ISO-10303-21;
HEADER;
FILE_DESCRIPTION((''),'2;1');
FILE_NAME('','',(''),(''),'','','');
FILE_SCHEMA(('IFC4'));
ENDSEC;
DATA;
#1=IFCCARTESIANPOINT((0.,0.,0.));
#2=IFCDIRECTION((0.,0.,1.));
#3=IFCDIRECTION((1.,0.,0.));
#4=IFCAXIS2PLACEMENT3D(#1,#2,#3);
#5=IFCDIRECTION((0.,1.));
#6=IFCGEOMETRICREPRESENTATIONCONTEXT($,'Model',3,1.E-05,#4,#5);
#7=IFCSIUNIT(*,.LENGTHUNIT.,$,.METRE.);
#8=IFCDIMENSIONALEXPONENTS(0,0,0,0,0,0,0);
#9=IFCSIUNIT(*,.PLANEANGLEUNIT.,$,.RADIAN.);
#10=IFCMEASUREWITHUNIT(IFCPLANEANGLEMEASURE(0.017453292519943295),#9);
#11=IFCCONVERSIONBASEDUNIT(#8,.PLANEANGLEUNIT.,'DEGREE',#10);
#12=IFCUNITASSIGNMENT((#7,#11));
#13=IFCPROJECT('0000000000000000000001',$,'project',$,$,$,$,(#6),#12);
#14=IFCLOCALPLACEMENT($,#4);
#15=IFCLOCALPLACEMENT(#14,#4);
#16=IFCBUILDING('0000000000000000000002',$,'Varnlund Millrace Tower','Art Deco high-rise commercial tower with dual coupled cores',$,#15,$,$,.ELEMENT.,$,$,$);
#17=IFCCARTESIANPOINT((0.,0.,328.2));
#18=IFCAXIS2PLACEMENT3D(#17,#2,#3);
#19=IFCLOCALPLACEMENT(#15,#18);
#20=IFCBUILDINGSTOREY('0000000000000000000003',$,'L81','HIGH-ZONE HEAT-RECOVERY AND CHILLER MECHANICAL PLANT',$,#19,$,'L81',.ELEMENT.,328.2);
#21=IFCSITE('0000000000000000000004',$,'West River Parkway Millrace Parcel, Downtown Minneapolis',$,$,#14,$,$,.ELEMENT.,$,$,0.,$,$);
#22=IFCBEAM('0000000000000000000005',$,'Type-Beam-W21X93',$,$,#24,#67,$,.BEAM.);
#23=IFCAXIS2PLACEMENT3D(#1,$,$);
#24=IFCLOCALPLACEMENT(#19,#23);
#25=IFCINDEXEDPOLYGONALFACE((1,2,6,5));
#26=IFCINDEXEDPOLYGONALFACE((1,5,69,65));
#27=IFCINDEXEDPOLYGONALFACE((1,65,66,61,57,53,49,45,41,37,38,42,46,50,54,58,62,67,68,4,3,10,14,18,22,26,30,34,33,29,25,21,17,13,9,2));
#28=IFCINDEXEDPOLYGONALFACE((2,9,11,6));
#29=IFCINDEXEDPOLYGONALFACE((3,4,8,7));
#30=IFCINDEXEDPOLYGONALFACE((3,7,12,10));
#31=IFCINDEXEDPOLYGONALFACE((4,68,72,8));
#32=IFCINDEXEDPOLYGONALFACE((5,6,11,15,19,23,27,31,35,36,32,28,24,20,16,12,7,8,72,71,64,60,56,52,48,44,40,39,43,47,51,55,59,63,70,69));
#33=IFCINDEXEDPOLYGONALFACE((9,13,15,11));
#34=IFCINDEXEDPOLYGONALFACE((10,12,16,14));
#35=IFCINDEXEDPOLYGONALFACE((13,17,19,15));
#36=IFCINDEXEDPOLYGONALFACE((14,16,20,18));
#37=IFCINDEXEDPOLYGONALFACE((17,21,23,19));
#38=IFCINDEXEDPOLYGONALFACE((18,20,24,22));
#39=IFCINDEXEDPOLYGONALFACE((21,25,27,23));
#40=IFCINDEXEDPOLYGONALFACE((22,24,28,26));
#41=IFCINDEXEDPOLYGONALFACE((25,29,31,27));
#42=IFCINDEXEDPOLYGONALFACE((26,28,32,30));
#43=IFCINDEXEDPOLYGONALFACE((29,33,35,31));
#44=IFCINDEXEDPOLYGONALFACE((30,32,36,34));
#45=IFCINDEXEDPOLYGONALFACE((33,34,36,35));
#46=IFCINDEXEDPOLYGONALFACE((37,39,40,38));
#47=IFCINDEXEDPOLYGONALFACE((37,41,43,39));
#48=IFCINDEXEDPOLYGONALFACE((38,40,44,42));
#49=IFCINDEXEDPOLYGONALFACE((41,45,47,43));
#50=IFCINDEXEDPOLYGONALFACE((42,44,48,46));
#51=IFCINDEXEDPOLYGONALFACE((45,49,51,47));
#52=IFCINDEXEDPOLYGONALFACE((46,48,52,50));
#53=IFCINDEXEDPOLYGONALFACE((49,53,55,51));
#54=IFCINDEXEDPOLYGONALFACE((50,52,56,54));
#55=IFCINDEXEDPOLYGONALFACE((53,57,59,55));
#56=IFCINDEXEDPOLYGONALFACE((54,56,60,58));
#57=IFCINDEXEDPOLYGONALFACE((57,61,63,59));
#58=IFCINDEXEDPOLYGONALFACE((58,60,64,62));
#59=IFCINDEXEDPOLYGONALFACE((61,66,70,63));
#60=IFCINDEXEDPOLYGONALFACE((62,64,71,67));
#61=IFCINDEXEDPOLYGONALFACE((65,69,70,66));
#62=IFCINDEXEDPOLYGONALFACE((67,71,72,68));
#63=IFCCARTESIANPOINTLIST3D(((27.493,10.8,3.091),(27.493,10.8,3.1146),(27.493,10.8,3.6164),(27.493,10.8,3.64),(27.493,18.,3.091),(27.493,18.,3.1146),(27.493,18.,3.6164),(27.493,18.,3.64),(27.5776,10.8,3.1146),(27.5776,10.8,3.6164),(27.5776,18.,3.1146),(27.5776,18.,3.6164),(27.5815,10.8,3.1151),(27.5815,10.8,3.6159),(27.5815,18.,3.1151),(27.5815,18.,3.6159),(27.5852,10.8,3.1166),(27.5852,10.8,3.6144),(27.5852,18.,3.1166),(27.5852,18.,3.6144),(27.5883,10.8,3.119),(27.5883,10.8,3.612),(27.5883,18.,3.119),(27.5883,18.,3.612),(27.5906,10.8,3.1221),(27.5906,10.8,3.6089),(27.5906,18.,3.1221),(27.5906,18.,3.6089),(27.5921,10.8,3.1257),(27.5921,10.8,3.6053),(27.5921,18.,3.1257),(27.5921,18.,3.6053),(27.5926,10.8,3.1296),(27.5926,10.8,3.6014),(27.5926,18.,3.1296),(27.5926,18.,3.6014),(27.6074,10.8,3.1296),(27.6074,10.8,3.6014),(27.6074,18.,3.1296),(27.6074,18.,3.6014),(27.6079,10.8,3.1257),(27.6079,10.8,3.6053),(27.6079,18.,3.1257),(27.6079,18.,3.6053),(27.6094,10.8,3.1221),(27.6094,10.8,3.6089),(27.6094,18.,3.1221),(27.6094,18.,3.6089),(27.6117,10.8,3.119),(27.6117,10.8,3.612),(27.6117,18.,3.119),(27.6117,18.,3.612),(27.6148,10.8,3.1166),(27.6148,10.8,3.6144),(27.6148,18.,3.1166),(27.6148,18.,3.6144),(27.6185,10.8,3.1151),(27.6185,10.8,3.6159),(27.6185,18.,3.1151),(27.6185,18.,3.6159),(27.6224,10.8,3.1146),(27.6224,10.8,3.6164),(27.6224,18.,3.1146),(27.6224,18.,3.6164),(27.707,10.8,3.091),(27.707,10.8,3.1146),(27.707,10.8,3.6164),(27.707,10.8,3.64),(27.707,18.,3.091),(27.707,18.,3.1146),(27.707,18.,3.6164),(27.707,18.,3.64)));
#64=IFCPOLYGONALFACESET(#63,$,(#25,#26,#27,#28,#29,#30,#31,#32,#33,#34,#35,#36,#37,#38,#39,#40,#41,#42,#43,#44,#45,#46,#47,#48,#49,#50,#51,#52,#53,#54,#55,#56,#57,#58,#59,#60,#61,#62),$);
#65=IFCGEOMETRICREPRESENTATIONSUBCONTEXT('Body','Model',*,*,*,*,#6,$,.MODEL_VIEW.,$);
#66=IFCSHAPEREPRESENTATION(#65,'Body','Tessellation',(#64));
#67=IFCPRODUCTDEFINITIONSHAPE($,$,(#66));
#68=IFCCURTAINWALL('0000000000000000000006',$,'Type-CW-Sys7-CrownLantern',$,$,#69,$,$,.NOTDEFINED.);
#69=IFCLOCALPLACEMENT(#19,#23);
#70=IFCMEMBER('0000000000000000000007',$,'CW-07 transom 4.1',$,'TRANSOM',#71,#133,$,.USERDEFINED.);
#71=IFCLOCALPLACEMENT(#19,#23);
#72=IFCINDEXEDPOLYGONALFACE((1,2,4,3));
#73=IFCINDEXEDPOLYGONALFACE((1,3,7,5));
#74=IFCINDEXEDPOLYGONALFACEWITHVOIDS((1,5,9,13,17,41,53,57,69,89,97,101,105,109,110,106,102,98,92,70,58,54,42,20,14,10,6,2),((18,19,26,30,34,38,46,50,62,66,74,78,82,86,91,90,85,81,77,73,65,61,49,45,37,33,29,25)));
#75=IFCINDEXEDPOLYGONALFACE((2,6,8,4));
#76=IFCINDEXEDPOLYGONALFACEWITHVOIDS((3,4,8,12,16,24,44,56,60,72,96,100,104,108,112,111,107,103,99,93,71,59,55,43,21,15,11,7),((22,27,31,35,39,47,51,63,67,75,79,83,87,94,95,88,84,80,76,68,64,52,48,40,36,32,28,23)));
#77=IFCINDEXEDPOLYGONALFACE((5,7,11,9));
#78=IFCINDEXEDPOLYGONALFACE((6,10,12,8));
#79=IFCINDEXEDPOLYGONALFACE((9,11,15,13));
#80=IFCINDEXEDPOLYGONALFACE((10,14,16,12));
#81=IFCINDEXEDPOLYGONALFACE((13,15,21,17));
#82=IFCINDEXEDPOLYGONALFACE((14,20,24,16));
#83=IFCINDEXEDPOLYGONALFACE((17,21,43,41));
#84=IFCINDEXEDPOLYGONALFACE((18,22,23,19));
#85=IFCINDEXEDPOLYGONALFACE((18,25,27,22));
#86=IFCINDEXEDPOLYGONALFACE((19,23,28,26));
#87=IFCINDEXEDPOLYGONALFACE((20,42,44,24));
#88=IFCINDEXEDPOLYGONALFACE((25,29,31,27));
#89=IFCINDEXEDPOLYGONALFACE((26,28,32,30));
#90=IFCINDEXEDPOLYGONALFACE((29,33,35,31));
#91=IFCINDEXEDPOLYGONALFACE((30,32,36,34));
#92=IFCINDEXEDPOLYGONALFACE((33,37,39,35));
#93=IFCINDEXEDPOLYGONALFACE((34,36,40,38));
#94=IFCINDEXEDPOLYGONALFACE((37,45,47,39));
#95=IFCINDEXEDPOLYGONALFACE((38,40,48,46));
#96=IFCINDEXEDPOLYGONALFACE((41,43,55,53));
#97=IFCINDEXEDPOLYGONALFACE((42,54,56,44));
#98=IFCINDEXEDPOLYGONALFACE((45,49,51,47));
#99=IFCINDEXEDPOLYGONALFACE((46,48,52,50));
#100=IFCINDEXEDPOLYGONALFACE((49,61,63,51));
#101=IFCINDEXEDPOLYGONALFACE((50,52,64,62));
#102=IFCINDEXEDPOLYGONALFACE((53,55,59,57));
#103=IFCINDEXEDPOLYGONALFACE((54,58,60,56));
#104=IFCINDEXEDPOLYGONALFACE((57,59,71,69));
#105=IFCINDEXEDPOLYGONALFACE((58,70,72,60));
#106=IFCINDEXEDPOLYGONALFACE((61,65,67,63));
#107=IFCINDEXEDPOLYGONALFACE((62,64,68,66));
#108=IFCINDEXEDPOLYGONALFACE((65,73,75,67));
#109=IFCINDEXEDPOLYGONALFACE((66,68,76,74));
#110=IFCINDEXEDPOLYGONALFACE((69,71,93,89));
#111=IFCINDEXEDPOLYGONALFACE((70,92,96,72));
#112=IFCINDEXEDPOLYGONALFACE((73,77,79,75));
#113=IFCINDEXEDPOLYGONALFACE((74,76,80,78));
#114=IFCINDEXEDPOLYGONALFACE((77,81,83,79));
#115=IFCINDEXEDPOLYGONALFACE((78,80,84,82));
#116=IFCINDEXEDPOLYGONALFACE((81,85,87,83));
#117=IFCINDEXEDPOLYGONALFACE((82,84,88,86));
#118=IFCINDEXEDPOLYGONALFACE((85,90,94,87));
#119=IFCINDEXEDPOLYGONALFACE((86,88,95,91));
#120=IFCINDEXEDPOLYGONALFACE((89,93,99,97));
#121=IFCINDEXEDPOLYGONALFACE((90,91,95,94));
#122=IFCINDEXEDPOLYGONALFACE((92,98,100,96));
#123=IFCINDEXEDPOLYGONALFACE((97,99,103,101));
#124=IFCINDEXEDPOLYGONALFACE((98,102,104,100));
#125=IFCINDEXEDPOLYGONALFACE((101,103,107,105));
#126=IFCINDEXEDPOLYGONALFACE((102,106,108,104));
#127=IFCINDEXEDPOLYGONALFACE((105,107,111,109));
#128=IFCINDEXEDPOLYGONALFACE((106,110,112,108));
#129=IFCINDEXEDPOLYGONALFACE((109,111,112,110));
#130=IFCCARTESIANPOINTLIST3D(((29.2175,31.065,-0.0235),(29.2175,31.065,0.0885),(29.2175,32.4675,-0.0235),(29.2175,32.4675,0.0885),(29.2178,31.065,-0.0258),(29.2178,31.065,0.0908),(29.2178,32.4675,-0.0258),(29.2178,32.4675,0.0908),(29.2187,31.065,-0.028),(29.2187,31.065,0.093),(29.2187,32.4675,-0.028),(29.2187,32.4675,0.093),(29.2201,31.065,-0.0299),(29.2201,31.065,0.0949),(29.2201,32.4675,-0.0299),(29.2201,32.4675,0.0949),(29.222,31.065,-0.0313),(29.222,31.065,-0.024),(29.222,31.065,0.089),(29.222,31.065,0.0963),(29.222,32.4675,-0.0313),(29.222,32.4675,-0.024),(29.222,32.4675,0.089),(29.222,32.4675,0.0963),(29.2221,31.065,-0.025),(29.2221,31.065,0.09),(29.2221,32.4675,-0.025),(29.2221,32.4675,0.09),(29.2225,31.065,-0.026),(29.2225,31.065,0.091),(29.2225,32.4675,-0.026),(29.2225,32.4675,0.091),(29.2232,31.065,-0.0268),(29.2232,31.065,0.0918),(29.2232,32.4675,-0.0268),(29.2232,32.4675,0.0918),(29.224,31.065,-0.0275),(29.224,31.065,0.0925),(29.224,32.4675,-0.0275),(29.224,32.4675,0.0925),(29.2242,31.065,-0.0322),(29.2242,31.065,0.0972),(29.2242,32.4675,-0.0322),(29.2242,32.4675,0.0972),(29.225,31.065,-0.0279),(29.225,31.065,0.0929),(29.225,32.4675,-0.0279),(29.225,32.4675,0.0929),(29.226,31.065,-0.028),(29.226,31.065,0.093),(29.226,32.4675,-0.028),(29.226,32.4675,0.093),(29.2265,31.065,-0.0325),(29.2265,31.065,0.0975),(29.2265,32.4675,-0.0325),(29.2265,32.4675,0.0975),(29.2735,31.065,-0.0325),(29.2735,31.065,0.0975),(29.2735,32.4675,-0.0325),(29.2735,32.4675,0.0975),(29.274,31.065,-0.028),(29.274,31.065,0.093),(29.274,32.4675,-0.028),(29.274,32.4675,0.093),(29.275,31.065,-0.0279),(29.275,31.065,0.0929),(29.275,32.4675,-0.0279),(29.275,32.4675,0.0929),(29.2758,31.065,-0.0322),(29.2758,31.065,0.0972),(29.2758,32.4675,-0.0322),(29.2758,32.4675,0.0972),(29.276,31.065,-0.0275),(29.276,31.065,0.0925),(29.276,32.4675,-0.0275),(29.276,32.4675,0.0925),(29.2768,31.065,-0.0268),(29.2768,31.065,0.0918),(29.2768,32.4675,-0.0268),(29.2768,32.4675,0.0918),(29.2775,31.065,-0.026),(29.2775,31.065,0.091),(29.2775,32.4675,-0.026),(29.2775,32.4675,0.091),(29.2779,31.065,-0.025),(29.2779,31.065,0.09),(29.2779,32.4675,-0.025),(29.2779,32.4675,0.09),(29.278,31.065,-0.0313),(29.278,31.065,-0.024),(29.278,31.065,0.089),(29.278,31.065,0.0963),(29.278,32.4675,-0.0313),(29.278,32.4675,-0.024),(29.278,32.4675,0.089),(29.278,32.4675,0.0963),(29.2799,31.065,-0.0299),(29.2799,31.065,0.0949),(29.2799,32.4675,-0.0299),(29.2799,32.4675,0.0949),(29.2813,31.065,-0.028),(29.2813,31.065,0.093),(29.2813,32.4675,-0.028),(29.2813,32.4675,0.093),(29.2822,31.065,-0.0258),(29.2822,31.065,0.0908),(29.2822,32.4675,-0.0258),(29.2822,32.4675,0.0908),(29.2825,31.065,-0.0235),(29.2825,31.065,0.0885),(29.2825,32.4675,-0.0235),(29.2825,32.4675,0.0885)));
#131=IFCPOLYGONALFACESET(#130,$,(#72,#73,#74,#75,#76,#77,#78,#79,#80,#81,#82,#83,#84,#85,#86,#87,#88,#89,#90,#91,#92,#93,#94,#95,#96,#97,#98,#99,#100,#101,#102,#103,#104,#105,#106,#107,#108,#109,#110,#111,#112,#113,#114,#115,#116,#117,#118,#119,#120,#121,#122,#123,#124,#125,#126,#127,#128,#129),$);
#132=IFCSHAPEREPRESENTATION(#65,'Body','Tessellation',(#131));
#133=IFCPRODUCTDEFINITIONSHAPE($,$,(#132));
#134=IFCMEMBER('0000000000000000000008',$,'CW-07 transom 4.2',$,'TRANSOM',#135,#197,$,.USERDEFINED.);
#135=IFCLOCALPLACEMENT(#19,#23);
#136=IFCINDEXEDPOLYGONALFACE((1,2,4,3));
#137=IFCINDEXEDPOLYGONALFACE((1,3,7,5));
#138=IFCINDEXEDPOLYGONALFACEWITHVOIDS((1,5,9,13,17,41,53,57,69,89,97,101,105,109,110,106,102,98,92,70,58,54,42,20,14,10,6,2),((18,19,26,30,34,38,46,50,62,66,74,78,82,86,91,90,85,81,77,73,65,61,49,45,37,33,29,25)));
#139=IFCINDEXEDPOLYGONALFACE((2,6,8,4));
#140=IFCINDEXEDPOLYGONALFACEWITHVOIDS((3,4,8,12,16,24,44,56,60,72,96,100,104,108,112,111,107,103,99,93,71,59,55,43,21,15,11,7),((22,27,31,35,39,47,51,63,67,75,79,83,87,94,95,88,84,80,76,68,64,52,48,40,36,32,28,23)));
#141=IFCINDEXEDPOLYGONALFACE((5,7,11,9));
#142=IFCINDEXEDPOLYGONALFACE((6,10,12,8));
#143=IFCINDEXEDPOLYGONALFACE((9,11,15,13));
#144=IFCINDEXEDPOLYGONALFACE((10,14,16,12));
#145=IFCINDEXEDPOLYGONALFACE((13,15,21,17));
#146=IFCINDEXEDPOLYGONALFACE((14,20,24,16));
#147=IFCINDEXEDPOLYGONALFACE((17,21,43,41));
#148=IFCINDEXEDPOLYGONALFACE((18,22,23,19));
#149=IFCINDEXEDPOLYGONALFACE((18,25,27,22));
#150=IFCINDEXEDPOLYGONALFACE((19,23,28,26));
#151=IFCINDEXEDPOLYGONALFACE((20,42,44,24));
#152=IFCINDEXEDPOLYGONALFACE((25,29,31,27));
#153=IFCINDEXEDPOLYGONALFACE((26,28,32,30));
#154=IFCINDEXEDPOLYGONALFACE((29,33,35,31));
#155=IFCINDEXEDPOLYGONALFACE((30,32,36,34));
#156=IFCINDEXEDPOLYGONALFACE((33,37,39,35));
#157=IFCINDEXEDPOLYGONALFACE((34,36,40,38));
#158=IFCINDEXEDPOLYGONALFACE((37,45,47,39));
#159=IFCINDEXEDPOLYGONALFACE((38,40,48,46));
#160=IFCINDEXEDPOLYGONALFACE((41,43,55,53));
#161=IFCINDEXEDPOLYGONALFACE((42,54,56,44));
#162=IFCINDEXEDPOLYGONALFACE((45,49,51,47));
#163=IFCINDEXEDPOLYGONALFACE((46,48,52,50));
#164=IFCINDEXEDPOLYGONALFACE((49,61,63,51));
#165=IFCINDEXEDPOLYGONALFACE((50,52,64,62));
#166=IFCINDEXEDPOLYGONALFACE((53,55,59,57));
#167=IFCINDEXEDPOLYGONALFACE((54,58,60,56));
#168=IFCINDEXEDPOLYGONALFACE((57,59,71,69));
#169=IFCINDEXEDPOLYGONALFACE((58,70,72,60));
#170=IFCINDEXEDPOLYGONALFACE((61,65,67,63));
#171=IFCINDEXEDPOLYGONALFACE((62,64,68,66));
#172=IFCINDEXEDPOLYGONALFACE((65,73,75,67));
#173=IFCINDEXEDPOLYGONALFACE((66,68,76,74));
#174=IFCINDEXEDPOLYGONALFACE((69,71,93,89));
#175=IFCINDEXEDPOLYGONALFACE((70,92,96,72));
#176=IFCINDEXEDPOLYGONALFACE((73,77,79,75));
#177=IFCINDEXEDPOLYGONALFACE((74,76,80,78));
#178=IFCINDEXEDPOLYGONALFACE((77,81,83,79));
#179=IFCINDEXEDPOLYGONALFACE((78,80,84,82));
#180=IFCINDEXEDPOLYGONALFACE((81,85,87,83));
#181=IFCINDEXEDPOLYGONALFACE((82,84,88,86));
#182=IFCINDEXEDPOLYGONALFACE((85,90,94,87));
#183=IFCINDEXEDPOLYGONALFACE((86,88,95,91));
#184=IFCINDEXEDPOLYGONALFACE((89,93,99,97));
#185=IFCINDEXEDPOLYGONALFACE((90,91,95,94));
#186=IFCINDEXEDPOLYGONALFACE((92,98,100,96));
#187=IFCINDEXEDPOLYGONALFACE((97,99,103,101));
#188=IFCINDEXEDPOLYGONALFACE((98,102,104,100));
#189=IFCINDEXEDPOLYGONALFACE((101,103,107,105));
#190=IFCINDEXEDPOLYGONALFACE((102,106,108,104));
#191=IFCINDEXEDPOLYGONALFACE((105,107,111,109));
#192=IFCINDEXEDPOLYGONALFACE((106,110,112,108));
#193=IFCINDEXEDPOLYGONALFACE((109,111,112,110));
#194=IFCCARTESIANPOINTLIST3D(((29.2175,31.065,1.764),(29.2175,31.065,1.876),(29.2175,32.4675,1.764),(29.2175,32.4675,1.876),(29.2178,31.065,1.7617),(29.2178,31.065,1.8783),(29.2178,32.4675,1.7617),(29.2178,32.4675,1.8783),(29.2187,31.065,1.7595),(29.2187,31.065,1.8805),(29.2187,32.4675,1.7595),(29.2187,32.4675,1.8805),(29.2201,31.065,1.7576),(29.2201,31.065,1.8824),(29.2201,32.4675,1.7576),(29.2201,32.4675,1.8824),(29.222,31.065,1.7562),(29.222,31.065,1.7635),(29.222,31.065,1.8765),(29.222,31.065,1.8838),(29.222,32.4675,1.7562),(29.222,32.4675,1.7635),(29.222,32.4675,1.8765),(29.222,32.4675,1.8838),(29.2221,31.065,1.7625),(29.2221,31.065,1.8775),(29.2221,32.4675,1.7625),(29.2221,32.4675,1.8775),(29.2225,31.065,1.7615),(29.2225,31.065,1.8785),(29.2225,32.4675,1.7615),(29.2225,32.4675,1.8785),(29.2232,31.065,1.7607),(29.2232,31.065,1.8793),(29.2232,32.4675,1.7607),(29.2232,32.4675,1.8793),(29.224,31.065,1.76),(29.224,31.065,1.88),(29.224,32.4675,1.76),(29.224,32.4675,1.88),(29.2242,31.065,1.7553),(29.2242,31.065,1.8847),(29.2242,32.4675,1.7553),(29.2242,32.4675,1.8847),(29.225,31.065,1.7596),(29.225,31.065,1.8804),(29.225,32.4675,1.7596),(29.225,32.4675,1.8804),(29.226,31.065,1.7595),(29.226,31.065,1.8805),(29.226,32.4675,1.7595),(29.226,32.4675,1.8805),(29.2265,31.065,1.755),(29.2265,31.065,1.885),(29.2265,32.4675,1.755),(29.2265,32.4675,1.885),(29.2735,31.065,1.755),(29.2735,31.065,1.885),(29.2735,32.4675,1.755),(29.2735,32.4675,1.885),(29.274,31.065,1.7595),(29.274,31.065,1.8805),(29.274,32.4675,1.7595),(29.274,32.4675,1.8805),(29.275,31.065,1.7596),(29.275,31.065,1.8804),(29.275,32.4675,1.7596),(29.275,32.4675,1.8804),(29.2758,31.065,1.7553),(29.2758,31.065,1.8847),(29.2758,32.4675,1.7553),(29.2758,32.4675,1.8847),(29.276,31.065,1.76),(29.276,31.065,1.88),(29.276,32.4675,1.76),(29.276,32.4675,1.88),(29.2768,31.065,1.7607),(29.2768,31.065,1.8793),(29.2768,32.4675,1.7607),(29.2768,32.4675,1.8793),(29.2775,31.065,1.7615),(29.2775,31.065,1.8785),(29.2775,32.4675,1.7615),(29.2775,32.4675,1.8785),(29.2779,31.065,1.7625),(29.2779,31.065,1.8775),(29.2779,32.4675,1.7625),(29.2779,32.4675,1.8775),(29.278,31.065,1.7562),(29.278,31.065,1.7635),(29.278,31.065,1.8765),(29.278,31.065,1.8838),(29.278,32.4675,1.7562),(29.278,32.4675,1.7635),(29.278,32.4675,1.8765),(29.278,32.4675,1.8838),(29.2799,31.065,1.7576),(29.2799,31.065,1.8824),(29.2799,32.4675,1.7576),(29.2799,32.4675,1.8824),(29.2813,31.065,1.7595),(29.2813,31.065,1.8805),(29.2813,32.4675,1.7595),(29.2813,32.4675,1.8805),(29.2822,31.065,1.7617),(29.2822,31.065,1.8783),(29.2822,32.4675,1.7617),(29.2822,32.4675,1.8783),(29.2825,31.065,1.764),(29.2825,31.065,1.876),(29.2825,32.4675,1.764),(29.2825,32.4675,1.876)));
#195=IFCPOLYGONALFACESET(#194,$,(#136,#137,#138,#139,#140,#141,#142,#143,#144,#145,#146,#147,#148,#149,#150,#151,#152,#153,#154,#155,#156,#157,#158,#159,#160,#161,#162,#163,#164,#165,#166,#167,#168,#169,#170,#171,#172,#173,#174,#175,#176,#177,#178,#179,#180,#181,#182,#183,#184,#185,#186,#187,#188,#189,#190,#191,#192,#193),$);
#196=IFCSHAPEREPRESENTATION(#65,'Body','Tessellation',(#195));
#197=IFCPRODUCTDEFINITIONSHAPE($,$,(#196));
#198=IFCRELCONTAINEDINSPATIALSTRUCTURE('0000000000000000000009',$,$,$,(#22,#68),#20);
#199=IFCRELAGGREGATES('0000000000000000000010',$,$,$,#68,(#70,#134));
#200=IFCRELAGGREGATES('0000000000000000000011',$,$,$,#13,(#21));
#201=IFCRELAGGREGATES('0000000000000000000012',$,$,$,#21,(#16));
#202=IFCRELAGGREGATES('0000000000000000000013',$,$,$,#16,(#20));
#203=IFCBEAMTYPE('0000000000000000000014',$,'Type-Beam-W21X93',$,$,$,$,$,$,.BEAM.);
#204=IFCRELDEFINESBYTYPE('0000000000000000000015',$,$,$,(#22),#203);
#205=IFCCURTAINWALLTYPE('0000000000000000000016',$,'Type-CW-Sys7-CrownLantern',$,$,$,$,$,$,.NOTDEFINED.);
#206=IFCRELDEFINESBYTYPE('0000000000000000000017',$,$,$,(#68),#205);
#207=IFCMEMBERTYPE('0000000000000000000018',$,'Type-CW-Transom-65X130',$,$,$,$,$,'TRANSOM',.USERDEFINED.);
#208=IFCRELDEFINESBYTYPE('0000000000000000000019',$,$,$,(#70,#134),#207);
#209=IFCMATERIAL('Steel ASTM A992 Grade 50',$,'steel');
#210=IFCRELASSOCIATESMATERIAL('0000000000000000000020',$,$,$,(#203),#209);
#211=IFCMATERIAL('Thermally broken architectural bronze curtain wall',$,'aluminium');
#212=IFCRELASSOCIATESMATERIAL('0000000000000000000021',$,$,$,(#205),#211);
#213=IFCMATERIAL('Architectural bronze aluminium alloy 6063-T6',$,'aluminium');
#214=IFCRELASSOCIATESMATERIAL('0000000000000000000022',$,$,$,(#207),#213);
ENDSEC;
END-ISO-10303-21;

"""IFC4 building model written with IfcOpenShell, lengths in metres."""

from ifc_helpers import new_model, entity, si_unit, converted_unit, direction, frame, origin_with_axes, origin_2d_with_axis, place, context, subcontext, project, spatial, hollow_rectangle, i_section, extrude, material, material_profile, profile_set, type_object, element, aggregate, save


model = new_model("IFC4")

# Units and contexts
model_context = context("Model", 3, precision=1e-05, world=origin_with_axes(), true_north=direction((0.0, 1.0)))
body_context = subcontext(model_context, "Body", "Model", "MODEL_VIEW")
ifc_project = project(units=[si_unit("LENGTHUNIT", "METRE"), converted_unit("PLANEANGLEUNIT", "DEGREE", entity("IfcPlaneAngleMeasure", 0.017453292519943295), si_unit("PLANEANGLEUNIT", "RADIAN"), dimensions=[0, 0, 0, 0, 0, 0, 0])], contexts=[model_context])

# Site, building, storey
site_placement = place(None, origin_with_axes())
site = spatial("IfcSite", under=ifc_project, at=site_placement, Name="West River Parkway Millrace Parcel, Downtown Minneapolis", CompositionType="ELEMENT", RefElevation=0.0)
building_placement = place(site_placement, origin_with_axes())
building = spatial("IfcBuilding", under=site, at=building_placement, Name="Varnlund Millrace Tower", Description="Art Deco high-rise commercial tower with dual coupled cores", CompositionType="ELEMENT")
storey_placement = place(building_placement, frame((0.0, 0.0, 328.2), z_axis=(0.0, 0.0, 1.0), x_axis=(1.0, 0.0, 0.0)))
storey = spatial("IfcBuildingStorey", under=building, at=storey_placement, Name="L81", Description="HIGH-ZONE HEAT-RECOVERY AND CHILLER MECHANICAL PLANT", LongName="L81", CompositionType="ELEMENT", Elevation=328.2)

# Beam
ifc_material_1 = material(Name="Steel ASTM A992 Grade 50", Category="steel")
ifc_material_profile_1 = material_profile(ifc_material_1, i_section(OverallWidth=0.214, OverallDepth=0.549, WebThickness=0.0147, FlangeThickness=0.0236, FilletRadius=0.015, at=origin_2d_with_axis()), Name="Steel ASTM A992 Grade 50")
ifc_profile_set_1 = profile_set([ifc_material_profile_1], Name="Steel ASTM A992 Grade 50")
beam_type_1 = type_object("IfcBeamType", Name="Type-Beam-W21X93", PredefinedType="BEAM", material=ifc_profile_set_1)
beam_1_placement = place(storey_placement, frame((27.6, 10.8, 3.3655), z_axis=(0.0, 1.0, 0.0), x_axis=(-1.0, 0.0, 0.0)))
element("IfcBeam", 1, at=beam_1_placement, inside=storey, type_object=beam_type_1, Name="Type-Beam-W21X93", PredefinedType="BEAM", context=body_context, shape_type="SweptSolid", body=[
    extrude(i_section(OverallWidth=0.214, OverallDepth=0.549, WebThickness=0.0147, FlangeThickness=0.0236, FilletRadius=0.015, at=origin_2d_with_axis()), origin_with_axes(), (0.0, 0.0, 1.0), 7.2),
])

# Curtain wall, members
ifc_material_2 = material(Name="Thermally broken architectural bronze curtain wall", Category="aluminium")
curtain_wall_type = type_object("IfcCurtainWallType", Name="Type-CW-Sys7-CrownLantern", PredefinedType="NOTDEFINED", material=ifc_material_2)
curtain_wall_placement = place(storey_placement, frame((29.25, 37.0, 0.0), z_axis=(0.0, 0.0, 1.0), x_axis=(1.0, 0.0, 0.0)))
curtain_wall = element("IfcCurtainWall", 2, at=curtain_wall_placement, inside=storey, type_object=curtain_wall_type, Name="Type-CW-Sys7-CrownLantern", PredefinedType="NOTDEFINED")
ifc_material_3 = material(Name="Architectural bronze aluminium alloy 6063-T6", Category="aluminium")
ifc_material_profile_2 = material_profile(ifc_material_3, hollow_rectangle(XDim=0.065, YDim=0.13, WallThickness=0.0045, InnerFilletRadius=0.004, OuterFilletRadius=0.009, at=origin_2d_with_axis()), Name="Architectural bronze aluminium alloy 6063-T6")
ifc_profile_set_2 = profile_set([ifc_material_profile_2], Name="Architectural bronze aluminium alloy 6063-T6")
member_type = type_object("IfcMemberType", Name="Type-CW-Transom-65X130", ElementType="TRANSOM", PredefinedType="USERDEFINED", material=ifc_profile_set_2)
member_1_placement = place(storey_placement, frame((29.25, 32.4675, 0.0325), z_axis=(0.0, -1.0, 0.0), x_axis=(1.0, 0.0, 0.0)))
member_1 = element("IfcMember", 3, at=member_1_placement, type_object=member_type, Name="CW-07 transom 4.1", ObjectType="TRANSOM", PredefinedType="USERDEFINED", context=body_context, shape_type="SweptSolid", body=[
    extrude(hollow_rectangle(XDim=0.065, YDim=0.13, WallThickness=0.0045, InnerFilletRadius=0.004, OuterFilletRadius=0.009, at=origin_2d_with_axis()), origin_with_axes(), (0.0, 0.0, 1.0), 1.4025),
])
member_2_placement = place(storey_placement, frame((29.25, 32.4675, 1.82), z_axis=(0.0, -1.0, 0.0), x_axis=(1.0, 0.0, 0.0)))
member_2 = element("IfcMember", 4, at=member_2_placement, type_object=member_type, Name="CW-07 transom 4.2", ObjectType="TRANSOM", PredefinedType="USERDEFINED", context=body_context, shape_type="SweptSolid", body=[
    extrude(hollow_rectangle(XDim=0.065, YDim=0.13, WallThickness=0.0045, InnerFilletRadius=0.004, OuterFilletRadius=0.009, at=origin_2d_with_axis()), origin_with_axes(), (0.0, 0.0, 1.0), 1.4025),
])

aggregate(curtain_wall, [member_1, member_2])

save(model, "model.ifc")
